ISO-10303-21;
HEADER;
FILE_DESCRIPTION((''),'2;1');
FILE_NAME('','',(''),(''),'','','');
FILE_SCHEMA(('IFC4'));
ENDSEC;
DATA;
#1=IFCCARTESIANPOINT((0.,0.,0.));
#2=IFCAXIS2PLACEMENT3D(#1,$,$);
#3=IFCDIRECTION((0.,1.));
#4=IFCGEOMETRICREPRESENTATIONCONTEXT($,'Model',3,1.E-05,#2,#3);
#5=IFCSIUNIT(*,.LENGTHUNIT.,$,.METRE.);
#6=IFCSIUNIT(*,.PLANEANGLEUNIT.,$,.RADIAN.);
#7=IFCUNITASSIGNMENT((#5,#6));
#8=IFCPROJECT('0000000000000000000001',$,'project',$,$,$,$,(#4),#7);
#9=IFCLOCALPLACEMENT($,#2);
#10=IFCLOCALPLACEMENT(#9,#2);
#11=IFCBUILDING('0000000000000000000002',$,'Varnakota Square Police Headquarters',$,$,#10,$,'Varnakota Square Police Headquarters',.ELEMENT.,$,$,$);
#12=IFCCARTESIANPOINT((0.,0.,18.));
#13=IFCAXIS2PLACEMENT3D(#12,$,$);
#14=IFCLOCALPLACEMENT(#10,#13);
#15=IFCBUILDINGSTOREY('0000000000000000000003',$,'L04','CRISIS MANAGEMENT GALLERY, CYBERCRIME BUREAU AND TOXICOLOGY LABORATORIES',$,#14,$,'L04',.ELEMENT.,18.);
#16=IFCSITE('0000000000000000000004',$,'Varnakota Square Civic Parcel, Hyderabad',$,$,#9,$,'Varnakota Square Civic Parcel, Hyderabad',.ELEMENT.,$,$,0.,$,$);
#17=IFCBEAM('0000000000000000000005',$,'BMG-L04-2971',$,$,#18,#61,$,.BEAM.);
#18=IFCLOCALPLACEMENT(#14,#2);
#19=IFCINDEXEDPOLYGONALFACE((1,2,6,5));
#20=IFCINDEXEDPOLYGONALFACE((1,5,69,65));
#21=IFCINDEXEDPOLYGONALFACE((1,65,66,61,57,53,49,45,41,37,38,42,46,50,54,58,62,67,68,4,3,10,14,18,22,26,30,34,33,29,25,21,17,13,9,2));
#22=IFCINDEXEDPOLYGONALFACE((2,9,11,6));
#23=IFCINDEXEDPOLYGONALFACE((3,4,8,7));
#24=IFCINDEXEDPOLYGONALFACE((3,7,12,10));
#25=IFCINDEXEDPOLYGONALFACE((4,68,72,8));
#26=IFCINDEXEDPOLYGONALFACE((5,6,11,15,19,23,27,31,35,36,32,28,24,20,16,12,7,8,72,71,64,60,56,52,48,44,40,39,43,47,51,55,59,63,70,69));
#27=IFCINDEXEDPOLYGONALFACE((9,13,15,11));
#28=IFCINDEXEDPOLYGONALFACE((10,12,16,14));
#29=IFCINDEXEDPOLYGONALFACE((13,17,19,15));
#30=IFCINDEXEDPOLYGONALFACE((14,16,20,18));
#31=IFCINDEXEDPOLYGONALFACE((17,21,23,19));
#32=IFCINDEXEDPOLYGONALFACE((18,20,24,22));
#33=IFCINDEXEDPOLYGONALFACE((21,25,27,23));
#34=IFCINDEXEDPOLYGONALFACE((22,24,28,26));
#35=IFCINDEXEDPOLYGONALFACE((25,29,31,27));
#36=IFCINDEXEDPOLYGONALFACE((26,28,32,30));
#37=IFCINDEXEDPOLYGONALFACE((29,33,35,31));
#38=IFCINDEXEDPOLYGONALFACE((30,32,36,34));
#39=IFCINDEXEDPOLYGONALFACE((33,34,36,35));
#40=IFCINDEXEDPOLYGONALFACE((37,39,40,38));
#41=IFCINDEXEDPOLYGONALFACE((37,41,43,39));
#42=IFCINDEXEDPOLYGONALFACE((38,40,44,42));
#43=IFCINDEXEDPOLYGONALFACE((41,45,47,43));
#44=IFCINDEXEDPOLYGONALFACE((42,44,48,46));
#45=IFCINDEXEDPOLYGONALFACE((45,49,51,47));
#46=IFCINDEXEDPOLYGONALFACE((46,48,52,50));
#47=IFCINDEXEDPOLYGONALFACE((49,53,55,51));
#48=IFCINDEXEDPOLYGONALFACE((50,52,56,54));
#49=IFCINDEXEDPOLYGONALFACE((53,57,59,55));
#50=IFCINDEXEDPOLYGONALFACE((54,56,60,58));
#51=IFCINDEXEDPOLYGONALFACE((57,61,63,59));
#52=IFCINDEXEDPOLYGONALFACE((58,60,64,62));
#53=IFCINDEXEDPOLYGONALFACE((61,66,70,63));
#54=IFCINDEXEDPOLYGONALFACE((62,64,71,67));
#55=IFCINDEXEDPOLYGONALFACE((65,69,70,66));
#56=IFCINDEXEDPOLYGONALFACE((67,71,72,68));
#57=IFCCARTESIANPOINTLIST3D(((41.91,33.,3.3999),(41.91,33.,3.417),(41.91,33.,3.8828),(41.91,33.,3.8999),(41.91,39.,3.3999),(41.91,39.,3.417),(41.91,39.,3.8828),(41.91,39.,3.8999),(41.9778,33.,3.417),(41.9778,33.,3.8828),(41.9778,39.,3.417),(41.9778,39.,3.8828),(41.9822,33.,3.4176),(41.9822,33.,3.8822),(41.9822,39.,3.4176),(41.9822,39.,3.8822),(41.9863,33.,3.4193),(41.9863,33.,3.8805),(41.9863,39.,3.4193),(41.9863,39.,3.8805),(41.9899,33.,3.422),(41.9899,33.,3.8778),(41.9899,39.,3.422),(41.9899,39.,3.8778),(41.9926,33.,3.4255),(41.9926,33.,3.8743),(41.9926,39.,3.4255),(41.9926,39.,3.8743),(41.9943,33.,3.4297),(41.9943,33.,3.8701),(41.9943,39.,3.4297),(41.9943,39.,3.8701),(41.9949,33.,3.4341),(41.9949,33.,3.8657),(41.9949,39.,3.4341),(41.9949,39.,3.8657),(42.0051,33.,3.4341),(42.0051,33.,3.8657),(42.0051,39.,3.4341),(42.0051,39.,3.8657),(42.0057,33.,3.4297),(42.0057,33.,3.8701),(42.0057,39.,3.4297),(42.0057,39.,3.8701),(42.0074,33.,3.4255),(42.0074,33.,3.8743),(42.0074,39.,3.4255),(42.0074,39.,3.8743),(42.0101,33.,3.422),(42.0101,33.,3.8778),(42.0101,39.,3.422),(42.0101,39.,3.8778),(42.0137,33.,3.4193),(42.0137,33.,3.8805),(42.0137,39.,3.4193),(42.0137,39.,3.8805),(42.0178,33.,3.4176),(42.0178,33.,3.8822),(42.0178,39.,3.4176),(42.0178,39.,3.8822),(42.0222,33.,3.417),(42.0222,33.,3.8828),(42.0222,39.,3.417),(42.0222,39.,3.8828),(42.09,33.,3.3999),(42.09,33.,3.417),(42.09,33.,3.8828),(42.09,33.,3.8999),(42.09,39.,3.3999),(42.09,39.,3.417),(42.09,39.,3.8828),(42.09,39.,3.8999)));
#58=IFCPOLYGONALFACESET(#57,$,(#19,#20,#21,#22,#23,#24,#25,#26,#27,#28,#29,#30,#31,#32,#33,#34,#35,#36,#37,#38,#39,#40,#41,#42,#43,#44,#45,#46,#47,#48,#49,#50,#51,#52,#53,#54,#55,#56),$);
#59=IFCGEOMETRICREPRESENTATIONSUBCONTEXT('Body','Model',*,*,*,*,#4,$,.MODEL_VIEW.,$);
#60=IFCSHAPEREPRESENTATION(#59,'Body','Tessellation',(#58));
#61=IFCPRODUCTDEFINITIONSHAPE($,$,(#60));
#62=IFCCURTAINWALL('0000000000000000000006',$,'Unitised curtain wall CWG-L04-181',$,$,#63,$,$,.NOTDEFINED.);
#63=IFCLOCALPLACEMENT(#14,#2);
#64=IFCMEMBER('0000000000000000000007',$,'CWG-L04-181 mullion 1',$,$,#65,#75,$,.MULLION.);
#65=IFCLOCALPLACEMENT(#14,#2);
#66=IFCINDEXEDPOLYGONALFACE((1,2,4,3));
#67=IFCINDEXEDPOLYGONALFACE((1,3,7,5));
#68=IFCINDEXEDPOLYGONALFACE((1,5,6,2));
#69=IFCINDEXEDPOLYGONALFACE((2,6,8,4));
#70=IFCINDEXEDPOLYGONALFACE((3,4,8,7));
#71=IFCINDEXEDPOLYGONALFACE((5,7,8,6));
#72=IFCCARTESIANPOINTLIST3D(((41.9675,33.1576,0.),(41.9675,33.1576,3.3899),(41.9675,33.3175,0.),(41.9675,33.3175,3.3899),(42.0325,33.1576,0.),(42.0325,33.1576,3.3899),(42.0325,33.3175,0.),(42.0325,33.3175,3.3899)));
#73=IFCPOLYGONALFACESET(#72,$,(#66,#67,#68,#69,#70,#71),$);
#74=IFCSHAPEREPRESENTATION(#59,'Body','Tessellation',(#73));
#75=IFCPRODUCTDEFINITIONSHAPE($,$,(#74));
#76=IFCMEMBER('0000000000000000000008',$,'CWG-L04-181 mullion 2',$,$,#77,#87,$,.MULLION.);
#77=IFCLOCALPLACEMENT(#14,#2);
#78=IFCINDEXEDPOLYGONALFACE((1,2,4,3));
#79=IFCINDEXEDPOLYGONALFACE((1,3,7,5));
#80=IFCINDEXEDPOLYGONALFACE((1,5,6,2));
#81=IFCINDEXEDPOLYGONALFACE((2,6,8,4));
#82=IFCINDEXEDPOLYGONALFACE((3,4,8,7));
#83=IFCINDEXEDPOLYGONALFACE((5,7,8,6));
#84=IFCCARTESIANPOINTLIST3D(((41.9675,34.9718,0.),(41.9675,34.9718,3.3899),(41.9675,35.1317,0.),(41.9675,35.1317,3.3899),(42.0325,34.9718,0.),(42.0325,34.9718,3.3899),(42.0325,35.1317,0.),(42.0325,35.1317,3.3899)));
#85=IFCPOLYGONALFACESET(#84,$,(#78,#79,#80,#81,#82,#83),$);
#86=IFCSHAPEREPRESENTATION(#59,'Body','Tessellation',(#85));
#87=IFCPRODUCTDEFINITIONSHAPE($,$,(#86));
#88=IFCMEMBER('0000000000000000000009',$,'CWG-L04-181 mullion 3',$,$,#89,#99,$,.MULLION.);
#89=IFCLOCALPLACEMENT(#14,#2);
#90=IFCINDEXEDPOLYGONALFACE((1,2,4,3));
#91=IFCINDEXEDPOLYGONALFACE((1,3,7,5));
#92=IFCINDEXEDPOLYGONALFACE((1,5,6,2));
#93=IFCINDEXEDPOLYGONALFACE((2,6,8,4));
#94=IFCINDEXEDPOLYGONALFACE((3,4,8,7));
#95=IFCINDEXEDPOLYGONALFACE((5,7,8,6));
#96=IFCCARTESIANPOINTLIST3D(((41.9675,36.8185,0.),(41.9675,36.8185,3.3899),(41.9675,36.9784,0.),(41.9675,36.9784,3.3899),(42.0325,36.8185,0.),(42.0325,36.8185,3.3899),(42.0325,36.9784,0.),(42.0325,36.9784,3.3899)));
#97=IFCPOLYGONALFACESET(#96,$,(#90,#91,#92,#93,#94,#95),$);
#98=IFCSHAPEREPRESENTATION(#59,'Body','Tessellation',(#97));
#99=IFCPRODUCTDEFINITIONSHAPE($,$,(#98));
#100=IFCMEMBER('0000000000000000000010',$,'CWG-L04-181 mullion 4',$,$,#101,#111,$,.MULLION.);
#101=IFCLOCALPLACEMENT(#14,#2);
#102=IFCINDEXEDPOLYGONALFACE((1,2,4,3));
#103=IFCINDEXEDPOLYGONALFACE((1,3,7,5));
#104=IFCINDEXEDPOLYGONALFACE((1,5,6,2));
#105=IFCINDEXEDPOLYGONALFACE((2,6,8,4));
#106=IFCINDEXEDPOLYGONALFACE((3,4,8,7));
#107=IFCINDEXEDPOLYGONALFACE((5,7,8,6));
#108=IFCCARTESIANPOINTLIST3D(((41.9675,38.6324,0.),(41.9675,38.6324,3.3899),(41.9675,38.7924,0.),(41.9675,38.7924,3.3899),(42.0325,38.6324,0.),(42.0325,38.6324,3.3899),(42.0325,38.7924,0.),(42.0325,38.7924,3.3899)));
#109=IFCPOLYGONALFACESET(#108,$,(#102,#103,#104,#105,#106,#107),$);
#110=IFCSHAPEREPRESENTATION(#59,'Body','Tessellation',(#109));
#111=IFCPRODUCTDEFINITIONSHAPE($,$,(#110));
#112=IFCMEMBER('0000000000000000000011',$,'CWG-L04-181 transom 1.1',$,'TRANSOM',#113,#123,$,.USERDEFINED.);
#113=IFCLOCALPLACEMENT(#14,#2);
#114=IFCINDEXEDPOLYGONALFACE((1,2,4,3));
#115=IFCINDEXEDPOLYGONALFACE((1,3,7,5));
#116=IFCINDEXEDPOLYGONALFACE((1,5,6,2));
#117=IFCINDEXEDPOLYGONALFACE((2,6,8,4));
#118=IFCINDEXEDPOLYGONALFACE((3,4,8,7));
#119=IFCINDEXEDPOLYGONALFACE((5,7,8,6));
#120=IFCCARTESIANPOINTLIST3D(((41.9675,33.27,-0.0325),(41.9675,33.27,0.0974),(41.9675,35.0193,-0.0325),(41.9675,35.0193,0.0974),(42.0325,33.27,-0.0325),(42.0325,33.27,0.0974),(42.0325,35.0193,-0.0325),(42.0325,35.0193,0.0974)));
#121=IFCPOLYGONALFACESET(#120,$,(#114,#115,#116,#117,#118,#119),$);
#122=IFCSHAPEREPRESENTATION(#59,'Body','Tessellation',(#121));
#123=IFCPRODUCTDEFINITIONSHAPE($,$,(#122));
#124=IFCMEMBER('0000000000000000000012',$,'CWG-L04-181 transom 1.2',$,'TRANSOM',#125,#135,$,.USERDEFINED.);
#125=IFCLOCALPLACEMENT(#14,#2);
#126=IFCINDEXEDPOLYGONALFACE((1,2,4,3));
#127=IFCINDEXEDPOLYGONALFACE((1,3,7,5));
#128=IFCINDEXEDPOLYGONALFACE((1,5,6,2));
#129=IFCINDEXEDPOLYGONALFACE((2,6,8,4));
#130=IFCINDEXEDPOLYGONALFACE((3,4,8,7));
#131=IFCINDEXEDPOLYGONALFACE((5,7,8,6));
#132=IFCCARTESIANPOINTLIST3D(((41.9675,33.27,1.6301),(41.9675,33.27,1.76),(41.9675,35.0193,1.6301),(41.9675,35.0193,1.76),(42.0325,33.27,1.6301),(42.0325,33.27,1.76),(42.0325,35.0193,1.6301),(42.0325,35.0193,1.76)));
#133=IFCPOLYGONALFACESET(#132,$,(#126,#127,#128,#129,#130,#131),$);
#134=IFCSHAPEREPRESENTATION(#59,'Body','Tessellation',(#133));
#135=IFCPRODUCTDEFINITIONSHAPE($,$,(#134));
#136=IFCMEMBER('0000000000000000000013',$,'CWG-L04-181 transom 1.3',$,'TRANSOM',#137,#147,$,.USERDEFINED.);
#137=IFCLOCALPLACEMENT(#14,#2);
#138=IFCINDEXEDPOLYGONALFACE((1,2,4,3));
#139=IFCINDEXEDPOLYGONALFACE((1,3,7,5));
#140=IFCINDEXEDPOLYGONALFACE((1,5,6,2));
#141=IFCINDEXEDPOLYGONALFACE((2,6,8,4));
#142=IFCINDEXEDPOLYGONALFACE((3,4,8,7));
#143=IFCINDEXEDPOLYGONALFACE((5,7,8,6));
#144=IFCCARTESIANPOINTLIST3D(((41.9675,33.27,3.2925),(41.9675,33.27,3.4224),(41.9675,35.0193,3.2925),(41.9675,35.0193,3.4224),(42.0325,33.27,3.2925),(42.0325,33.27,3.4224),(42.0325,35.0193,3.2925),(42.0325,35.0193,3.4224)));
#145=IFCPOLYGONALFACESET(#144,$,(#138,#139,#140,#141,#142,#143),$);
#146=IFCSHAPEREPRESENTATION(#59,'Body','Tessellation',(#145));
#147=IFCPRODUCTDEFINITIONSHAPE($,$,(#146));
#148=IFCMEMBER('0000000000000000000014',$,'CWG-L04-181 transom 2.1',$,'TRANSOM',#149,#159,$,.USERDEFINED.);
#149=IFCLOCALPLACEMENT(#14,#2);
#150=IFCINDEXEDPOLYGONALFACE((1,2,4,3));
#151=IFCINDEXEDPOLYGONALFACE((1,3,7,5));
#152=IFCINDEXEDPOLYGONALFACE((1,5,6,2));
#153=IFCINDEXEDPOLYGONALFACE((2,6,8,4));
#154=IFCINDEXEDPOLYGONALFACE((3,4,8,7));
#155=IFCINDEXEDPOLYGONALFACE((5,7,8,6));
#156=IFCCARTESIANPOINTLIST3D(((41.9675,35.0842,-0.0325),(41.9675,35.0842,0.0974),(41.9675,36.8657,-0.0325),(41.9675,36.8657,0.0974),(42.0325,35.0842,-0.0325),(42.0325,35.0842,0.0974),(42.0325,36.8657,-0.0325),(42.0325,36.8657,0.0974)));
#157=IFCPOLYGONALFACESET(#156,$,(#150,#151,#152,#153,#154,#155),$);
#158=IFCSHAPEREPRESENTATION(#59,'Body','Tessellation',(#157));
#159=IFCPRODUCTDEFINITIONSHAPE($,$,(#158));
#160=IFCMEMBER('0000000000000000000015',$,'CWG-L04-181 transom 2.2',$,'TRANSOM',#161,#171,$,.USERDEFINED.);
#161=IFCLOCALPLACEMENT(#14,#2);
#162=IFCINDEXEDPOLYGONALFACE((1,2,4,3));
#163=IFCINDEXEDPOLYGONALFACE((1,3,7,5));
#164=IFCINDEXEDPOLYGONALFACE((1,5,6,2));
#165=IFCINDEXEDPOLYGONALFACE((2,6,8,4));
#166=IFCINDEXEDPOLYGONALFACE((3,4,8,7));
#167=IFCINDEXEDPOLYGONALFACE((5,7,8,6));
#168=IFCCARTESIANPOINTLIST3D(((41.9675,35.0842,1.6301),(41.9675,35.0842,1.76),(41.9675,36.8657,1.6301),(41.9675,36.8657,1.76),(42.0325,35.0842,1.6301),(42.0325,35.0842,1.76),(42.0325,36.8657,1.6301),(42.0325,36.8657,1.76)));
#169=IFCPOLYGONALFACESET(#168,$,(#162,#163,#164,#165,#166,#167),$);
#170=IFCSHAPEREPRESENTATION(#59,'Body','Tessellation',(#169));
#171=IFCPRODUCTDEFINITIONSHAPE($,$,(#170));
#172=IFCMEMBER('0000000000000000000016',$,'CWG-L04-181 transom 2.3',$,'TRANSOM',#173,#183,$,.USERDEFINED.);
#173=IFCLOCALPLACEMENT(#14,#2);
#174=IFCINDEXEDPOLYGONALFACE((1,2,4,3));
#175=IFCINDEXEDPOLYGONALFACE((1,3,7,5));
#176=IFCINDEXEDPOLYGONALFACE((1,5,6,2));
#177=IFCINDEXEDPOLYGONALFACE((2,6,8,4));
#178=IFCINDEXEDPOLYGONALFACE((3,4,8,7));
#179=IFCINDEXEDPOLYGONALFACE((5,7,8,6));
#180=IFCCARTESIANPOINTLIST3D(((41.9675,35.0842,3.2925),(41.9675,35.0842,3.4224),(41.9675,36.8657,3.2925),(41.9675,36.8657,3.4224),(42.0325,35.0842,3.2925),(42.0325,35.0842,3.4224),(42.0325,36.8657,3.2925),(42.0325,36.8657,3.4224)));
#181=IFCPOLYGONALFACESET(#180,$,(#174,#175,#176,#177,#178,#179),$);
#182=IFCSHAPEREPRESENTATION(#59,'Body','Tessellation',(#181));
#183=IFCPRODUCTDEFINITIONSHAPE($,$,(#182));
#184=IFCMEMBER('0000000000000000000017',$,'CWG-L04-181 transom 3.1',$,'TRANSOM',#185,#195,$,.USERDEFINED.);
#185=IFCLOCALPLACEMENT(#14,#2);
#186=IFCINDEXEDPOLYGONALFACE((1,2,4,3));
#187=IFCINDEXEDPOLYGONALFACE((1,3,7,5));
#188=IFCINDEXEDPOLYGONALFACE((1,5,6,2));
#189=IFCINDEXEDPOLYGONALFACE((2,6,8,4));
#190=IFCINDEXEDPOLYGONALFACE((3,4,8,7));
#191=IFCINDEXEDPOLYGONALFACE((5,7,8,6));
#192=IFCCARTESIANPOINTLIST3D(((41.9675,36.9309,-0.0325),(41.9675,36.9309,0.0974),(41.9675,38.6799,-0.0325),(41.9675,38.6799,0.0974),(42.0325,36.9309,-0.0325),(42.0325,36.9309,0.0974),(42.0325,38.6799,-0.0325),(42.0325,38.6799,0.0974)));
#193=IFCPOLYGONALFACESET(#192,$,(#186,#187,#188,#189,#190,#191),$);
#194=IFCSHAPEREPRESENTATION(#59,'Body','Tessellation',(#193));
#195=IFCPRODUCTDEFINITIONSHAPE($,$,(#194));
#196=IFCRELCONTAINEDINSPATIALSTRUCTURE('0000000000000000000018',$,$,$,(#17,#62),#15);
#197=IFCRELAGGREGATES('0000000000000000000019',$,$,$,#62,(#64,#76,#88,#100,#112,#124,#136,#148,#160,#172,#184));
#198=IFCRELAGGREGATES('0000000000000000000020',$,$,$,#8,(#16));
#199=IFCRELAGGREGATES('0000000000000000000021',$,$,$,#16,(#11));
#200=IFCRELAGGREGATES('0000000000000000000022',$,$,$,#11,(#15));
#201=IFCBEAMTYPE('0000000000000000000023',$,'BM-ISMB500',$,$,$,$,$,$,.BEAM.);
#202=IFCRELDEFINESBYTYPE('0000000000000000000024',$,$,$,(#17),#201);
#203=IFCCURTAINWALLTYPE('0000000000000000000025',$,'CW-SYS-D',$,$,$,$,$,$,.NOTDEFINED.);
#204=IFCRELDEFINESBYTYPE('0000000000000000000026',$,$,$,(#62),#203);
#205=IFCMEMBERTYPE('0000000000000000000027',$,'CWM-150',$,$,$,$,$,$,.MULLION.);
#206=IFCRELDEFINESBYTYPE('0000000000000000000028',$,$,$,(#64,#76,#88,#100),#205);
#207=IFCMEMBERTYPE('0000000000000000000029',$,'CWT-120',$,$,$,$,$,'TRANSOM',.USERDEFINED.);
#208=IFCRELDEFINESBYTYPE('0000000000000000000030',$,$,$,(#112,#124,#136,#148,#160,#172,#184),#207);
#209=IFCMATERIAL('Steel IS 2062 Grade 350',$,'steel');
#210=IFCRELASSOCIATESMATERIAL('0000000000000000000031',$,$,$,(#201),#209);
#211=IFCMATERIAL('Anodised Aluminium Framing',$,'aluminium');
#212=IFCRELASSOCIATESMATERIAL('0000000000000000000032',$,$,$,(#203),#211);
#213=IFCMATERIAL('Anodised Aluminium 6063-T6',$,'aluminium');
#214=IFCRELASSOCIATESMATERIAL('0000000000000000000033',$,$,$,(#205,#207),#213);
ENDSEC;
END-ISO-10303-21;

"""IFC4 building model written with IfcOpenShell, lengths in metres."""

from ifc_helpers import new_model, si_unit, direction, frame, origin, origin_2d, place, context, subcontext, project, spatial, rectangle, i_section, extrude, material, material_profile, profile_set, type_object, element, aggregate, save


model = new_model("IFC4")

# Units and contexts
model_context = context("Model", 3, precision=1e-05, world=origin(), true_north=direction((0.0, 1.0)))
body_context = subcontext(model_context, "Body", "Model", "MODEL_VIEW")
ifc_project = project(units=[si_unit("LENGTHUNIT", "METRE"), si_unit("PLANEANGLEUNIT", "RADIAN")], contexts=[model_context])

# Site, building, storey
site_placement = place(None, origin())
site = spatial("IfcSite", under=ifc_project, at=site_placement, Name="Varnakota Square Civic Parcel, Hyderabad", LongName="Varnakota Square Civic Parcel, Hyderabad", CompositionType="ELEMENT", RefElevation=0.0)
building_placement = place(site_placement, origin())
building = spatial("IfcBuilding", under=site, at=building_placement, Name="Varnakota Square Police Headquarters", LongName="Varnakota Square Police Headquarters", CompositionType="ELEMENT")
storey_placement = place(building_placement, frame((0.0, 0.0, 18.0)))
storey = spatial("IfcBuildingStorey", under=building, at=storey_placement, Name="L04", Description="CRISIS MANAGEMENT GALLERY, CYBERCRIME BUREAU AND TOXICOLOGY LABORATORIES", LongName="L04", CompositionType="ELEMENT", Elevation=18.0)

# Shared definitions
ifc_material_1 = material(Name="Steel IS 2062 Grade 350", Category="steel")

# Beam
ifc_material_profile_1 = material_profile(ifc_material_1, i_section(OverallWidth=0.1799, OverallDepth=0.5, WebThickness=0.0103, FlangeThickness=0.0171, FilletRadius=0.0171, at=origin_2d()), Name="ISMB 500")
ifc_profile_set_1 = profile_set([ifc_material_profile_1], Name="Steel IS 2062 Grade 350")
beam_type_1 = type_object("IfcBeamType", Name="BM-ISMB500", PredefinedType="BEAM", material=ifc_profile_set_1)
beam_1_placement = place(storey_placement, frame((42.0, 33.0, 3.6499), z_axis=(0.0, 1.0, 0.0), x_axis=(-1.0, 0.0, 0.0)))
element("IfcBeam", 1, at=beam_1_placement, inside=storey, type_object=beam_type_1, Name="BMG-L04-2971", PredefinedType="BEAM", context=body_context, shape_type="SweptSolid", body=[
    extrude(i_section(OverallWidth=0.1799, OverallDepth=0.5, WebThickness=0.0103, FlangeThickness=0.0171, FilletRadius=0.0171, at=origin_2d()), origin(), (0.0, 0.0, 1.0), 6.0),
])

# Curtain wall, members
ifc_material_2 = material(Name="Anodised Aluminium Framing", Category="aluminium")
curtain_wall_type = type_object("IfcCurtainWallType", Name="CW-SYS-D", PredefinedType="NOTDEFINED", material=ifc_material_2)
curtain_wall_placement = place(storey_placement, origin())
curtain_wall = element("IfcCurtainWall", 2, at=curtain_wall_placement, inside=storey, type_object=curtain_wall_type, Name="Unitised curtain wall CWG-L04-181", PredefinedType="NOTDEFINED")
ifc_material_3 = material(Name="Anodised Aluminium 6063-T6", Category="aluminium")
ifc_material_profile_2 = material_profile(ifc_material_3, rectangle(XDim=0.0649, YDim=0.1599, at=origin_2d()), Name="ALU MULLION 65x160")
ifc_profile_set_2 = profile_set([ifc_material_profile_2], Name="Anodised Aluminium 6063-T6")
member_type_1 = type_object("IfcMemberType", Name="CWM-150", PredefinedType="MULLION", material=ifc_profile_set_2)
member_1_placement = place(storey_placement, frame((42.0, 33.2375, 0.0), z_axis=(0.0, 0.0, 1.0), x_axis=(-1.0, 0.0, 0.0)))
member_1 = element("IfcMember", 3, at=member_1_placement, type_object=member_type_1, Name="CWG-L04-181 mullion 1", PredefinedType="MULLION", context=body_context, shape_type="SweptSolid", body=[
    extrude(rectangle(XDim=0.0649, YDim=0.1599, at=origin_2d()), origin(), (0.0, 0.0, 1.0), 3.3899),
])
member_2_placement = place(storey_placement, frame((42.0, 35.0518, 0.0), z_axis=(0.0, 0.0, 1.0), x_axis=(-1.0, 0.0, 0.0)))
member_2 = element("IfcMember", 4, at=member_2_placement, type_object=member_type_1, Name="CWG-L04-181 mullion 2", PredefinedType="MULLION", context=body_context, shape_type="SweptSolid", body=[
    extrude(rectangle(XDim=0.0649, YDim=0.1599, at=origin_2d()), origin(), (0.0, 0.0, 1.0), 3.3899),
])
member_3_placement = place(storey_placement, frame((42.0, 36.8984, 0.0), z_axis=(0.0, 0.0, 1.0), x_axis=(-1.0, 0.0, 0.0)))
member_3 = element("IfcMember", 5, at=member_3_placement, type_object=member_type_1, Name="CWG-L04-181 mullion 3", PredefinedType="MULLION", context=body_context, shape_type="SweptSolid", body=[
    extrude(rectangle(XDim=0.0649, YDim=0.1599, at=origin_2d()), origin(), (0.0, 0.0, 1.0), 3.3899),
])
member_4_placement = place(storey_placement, frame((42.0, 38.7124, 0.0), z_axis=(0.0, 0.0, 1.0), x_axis=(-1.0, 0.0, 0.0)))
member_4 = element("IfcMember", 6, at=member_4_placement, type_object=member_type_1, Name="CWG-L04-181 mullion 4", PredefinedType="MULLION", context=body_context, shape_type="SweptSolid", body=[
    extrude(rectangle(XDim=0.0649, YDim=0.1599, at=origin_2d()), origin(), (0.0, 0.0, 1.0), 3.3899),
])
ifc_material_profile_3 = material_profile(ifc_material_3, rectangle(XDim=0.0649, YDim=0.1299, at=origin_2d()), Name="ALU TRANSOM 65x130")
ifc_profile_set_3 = profile_set([ifc_material_profile_3], Name="Anodised Aluminium 6063-T6")
member_type_2 = type_object("IfcMemberType", Name="CWT-120", ElementType="TRANSOM", PredefinedType="USERDEFINED", material=ifc_profile_set_3)
member_5_placement = place(storey_placement, frame((42.0, 33.27, 0.0325), z_axis=(0.0, 1.0, 0.0), x_axis=(-1.0, 0.0, 0.0)))
member_5 = element("IfcMember", 7, at=member_5_placement, type_object=member_type_2, Name="CWG-L04-181 transom 1.1", ObjectType="TRANSOM", PredefinedType="USERDEFINED", context=body_context, shape_type="SweptSolid", body=[
    extrude(rectangle(XDim=0.0649, YDim=0.1299, at=origin_2d()), origin(), (0.0, 0.0, 1.0), 1.7493),
])
member_6_placement = place(storey_placement, frame((42.0, 33.27, 1.6951), z_axis=(0.0, 1.0, 0.0), x_axis=(-1.0, 0.0, 0.0)))
member_6 = element("IfcMember", 8, at=member_6_placement, type_object=member_type_2, Name="CWG-L04-181 transom 1.2", ObjectType="TRANSOM", PredefinedType="USERDEFINED", context=body_context, shape_type="SweptSolid", body=[
    extrude(rectangle(XDim=0.0649, YDim=0.1299, at=origin_2d()), origin(), (0.0, 0.0, 1.0), 1.7493),
])
member_7_placement = place(storey_placement, frame((42.0, 33.27, 3.3574), z_axis=(0.0, 1.0, 0.0), x_axis=(-1.0, 0.0, 0.0)))
member_7 = element("IfcMember", 9, at=member_7_placement, type_object=member_type_2, Name="CWG-L04-181 transom 1.3", ObjectType="TRANSOM", PredefinedType="USERDEFINED", context=body_context, shape_type="SweptSolid", body=[
    extrude(rectangle(XDim=0.0649, YDim=0.1299, at=origin_2d()), origin(), (0.0, 0.0, 1.0), 1.7493),
])
member_8_placement = place(storey_placement, frame((42.0, 35.0842, 0.0325), z_axis=(0.0, 1.0, 0.0), x_axis=(-1.0, 0.0, 0.0)))
member_8 = element("IfcMember", 10, at=member_8_placement, type_object=member_type_2, Name="CWG-L04-181 transom 2.1", ObjectType="TRANSOM", PredefinedType="USERDEFINED", context=body_context, shape_type="SweptSolid", body=[
    extrude(rectangle(XDim=0.0649, YDim=0.1299, at=origin_2d()), origin(), (0.0, 0.0, 1.0), 1.7815),
])
member_9_placement = place(storey_placement, frame((42.0, 35.0842, 1.6951), z_axis=(0.0, 1.0, 0.0), x_axis=(-1.0, 0.0, 0.0)))
member_9 = element("IfcMember", 11, at=member_9_placement, type_object=member_type_2, Name="CWG-L04-181 transom 2.2", ObjectType="TRANSOM", PredefinedType="USERDEFINED", context=body_context, shape_type="SweptSolid", body=[
    extrude(rectangle(XDim=0.0649, YDim=0.1299, at=origin_2d()), origin(), (0.0, 0.0, 1.0), 1.7815),
])
member_10_placement = place(storey_placement, frame((42.0, 35.0842, 3.3574), z_axis=(0.0, 1.0, 0.0), x_axis=(-1.0, 0.0, 0.0)))
member_10 = element("IfcMember", 12, at=member_10_placement, type_object=member_type_2, Name="CWG-L04-181 transom 2.3", ObjectType="TRANSOM", PredefinedType="USERDEFINED", context=body_context, shape_type="SweptSolid", body=[
    extrude(rectangle(XDim=0.0649, YDim=0.1299, at=origin_2d()), origin(), (0.0, 0.0, 1.0), 1.7815),
])
member_11_placement = place(storey_placement, frame((42.0, 36.9309, 0.0325), z_axis=(0.0, 1.0, 0.0), x_axis=(-1.0, 0.0, 0.0)))
member_11 = element("IfcMember", 13, at=member_11_placement, type_object=member_type_2, Name="CWG-L04-181 transom 3.1", ObjectType="TRANSOM", PredefinedType="USERDEFINED", context=body_context, shape_type="SweptSolid", body=[
    extrude(rectangle(XDim=0.0649, YDim=0.1299, at=origin_2d()), origin(), (0.0, 0.0, 1.0), 1.749),
])

aggregate(curtain_wall, [member_1, member_2, member_3, member_4, member_5, member_6, member_7, member_8, member_9, member_10, member_11])

save(model, "model.ifc")
